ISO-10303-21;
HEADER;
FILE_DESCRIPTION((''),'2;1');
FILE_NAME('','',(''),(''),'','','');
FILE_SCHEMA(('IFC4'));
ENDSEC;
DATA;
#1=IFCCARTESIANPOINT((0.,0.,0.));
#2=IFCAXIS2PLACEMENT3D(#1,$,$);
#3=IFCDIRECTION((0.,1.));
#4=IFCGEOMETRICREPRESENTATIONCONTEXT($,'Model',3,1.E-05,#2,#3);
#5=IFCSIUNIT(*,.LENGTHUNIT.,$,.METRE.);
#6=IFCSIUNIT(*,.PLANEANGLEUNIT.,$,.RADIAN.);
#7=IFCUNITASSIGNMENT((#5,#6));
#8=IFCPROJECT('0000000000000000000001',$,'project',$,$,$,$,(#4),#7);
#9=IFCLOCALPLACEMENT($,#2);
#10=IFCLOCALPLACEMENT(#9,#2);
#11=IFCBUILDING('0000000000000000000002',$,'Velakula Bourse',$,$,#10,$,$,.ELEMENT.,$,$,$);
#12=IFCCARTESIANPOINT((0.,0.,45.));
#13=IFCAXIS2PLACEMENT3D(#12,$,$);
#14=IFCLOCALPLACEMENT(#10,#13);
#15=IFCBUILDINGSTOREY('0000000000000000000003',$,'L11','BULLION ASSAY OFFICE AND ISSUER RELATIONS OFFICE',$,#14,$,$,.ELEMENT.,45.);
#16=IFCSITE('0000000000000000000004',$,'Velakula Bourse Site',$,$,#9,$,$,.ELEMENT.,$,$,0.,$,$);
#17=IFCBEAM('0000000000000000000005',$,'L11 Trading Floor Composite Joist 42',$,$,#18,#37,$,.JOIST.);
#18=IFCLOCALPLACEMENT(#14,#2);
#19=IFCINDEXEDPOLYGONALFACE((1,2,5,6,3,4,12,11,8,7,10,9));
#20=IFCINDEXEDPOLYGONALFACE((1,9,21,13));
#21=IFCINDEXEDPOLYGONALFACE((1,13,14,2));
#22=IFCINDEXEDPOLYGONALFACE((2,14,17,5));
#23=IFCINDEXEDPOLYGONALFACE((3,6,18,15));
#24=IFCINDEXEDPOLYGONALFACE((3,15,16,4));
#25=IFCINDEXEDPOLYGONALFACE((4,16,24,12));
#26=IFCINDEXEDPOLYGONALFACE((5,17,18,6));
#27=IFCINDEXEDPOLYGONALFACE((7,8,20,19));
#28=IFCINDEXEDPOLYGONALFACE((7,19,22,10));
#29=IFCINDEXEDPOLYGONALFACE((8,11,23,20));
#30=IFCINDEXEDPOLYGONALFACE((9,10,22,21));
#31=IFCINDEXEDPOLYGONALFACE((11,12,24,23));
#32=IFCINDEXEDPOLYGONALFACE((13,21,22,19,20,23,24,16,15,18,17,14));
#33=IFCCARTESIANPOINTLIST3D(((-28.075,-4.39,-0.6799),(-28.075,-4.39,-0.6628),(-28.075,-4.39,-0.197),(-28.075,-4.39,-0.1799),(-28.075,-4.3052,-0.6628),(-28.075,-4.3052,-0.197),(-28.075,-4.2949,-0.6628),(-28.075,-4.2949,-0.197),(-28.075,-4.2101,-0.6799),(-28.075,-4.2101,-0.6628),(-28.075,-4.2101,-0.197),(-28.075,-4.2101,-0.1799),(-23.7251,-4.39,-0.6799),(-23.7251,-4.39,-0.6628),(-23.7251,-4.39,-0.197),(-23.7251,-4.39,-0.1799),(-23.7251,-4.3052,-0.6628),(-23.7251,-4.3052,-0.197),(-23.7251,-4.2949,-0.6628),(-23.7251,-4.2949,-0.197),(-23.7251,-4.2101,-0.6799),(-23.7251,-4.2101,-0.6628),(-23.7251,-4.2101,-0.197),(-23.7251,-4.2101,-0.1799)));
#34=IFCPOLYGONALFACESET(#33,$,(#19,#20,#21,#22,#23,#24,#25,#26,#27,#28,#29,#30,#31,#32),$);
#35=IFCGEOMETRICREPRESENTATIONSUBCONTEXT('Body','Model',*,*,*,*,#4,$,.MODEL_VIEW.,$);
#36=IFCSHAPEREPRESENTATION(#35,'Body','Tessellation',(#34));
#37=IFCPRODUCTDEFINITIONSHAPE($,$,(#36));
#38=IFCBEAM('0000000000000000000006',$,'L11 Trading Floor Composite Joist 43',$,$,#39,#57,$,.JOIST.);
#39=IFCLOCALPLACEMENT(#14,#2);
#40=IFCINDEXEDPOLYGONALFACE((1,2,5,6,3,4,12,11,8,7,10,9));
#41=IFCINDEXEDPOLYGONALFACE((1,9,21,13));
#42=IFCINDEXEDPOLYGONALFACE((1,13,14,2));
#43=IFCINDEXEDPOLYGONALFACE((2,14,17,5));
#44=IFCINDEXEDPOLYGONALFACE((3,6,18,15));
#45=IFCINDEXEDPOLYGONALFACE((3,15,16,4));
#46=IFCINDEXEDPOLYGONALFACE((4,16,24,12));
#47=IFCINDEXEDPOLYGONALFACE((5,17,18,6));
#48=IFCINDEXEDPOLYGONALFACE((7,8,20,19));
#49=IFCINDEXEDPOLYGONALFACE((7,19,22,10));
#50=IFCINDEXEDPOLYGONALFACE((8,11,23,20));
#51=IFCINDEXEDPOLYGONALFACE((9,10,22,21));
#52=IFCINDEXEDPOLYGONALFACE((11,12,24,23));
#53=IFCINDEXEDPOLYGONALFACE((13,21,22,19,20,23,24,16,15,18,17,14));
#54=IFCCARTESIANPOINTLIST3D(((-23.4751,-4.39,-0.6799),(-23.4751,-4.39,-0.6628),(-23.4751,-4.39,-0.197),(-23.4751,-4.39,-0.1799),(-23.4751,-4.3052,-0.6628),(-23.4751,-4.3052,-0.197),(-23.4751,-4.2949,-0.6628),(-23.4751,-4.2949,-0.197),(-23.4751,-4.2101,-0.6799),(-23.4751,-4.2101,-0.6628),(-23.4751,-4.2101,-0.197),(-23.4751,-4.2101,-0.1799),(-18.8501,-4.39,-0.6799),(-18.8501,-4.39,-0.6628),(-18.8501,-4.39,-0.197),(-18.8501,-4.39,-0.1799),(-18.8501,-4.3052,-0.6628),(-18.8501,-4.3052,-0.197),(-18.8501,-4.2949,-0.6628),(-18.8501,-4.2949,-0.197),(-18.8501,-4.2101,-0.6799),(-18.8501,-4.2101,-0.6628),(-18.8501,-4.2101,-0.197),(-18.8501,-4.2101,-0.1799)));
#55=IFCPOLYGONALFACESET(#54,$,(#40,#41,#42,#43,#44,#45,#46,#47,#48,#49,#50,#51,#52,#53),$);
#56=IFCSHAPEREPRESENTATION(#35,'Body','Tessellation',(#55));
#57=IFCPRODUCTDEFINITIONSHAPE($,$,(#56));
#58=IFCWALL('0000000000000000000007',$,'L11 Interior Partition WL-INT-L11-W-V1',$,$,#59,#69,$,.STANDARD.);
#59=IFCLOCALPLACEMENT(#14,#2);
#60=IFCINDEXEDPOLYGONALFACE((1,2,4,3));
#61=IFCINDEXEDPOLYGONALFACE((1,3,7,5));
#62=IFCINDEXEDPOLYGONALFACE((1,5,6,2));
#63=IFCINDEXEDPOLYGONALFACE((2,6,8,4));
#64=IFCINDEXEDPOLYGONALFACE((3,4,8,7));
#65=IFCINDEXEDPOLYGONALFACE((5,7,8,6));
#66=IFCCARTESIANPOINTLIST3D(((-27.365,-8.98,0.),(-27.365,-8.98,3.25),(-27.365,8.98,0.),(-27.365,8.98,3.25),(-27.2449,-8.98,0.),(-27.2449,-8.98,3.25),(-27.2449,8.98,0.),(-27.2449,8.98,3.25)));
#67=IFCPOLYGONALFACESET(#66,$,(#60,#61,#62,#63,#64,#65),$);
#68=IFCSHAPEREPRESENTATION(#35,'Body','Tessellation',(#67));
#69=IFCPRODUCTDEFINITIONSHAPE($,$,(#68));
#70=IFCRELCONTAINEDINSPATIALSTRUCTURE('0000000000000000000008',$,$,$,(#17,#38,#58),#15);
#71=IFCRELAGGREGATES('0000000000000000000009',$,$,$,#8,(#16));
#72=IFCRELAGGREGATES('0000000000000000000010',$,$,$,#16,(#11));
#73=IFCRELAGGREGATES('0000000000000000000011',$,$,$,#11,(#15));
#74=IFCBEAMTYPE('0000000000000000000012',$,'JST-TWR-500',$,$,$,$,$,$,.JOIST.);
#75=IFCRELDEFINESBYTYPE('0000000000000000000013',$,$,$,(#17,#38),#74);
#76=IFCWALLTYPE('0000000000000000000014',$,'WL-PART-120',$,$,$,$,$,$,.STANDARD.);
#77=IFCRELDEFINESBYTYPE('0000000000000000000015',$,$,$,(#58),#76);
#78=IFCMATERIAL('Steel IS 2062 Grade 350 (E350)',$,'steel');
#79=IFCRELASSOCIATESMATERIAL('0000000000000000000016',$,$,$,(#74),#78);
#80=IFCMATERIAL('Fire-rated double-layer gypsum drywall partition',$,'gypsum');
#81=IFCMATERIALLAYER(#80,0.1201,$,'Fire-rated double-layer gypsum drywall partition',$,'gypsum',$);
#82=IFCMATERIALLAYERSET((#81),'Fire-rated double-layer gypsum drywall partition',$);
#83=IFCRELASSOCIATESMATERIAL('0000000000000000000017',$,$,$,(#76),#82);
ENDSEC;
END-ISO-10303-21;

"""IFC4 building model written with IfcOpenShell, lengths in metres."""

from ifc_helpers import new_model, si_unit, direction, frame, frame_2d, origin, origin_2d, place, context, subcontext, project, spatial, rectangle, i_section, extrude, material, layer, layer_set, material_profile, profile_set, type_object, element, save


model = new_model("IFC4")

# Units and contexts
model_context = context("Model", 3, precision=1e-05, world=origin(), true_north=direction((0.0, 1.0)))
body_context = subcontext(model_context, "Body", "Model", "MODEL_VIEW")
ifc_project = project(units=[si_unit("LENGTHUNIT", "METRE"), si_unit("PLANEANGLEUNIT", "RADIAN")], contexts=[model_context])

# Site, building, storey
site_placement = place(None, origin())
site = spatial("IfcSite", under=ifc_project, at=site_placement, Name="Velakula Bourse Site", CompositionType="ELEMENT", RefElevation=0.0)
building_placement = place(site_placement, origin())
building = spatial("IfcBuilding", under=site, at=building_placement, Name="Velakula Bourse", CompositionType="ELEMENT")
storey_placement = place(building_placement, frame((0.0, 0.0, 45.0)))
storey = spatial("IfcBuildingStorey", under=building, at=storey_placement, Name="L11", Description="BULLION ASSAY OFFICE AND ISSUER RELATIONS OFFICE", CompositionType="ELEMENT", Elevation=45.0)

# Beams
ifc_material_1 = material(Name="Steel IS 2062 Grade 350 (E350)", Category="steel")
ifc_material_profile_1 = material_profile(ifc_material_1, i_section(OverallWidth=0.1799, OverallDepth=0.5, WebThickness=0.0103, FlangeThickness=0.0171, at=origin_2d()), Name="Steel IS 2062 Grade 350 (E350)")
ifc_profile_set_1 = profile_set([ifc_material_profile_1], Name="Steel IS 2062 Grade 350 (E350)")
beam_type_1 = type_object("IfcBeamType", Name="JST-TWR-500", PredefinedType="JOIST", material=ifc_profile_set_1)
beam_1_placement = place(storey_placement, frame((-28.075, -4.3, -0.4299), z_axis=(1.0, 0.0, 0.0), x_axis=(0.0, 1.0, 0.0)))
element("IfcBeam", 1, at=beam_1_placement, inside=storey, type_object=beam_type_1, Name="L11 Trading Floor Composite Joist 42", PredefinedType="JOIST", context=body_context, shape_type="SweptSolid", body=[
    extrude(i_section(OverallWidth=0.1799, OverallDepth=0.5, WebThickness=0.0103, FlangeThickness=0.0171, at=origin_2d()), origin(), (0.0, 0.0, 1.0), 4.3499),
])
beam_2_placement = place(storey_placement, frame((-23.4751, -4.3, -0.4299), z_axis=(1.0, 0.0, 0.0), x_axis=(0.0, 1.0, 0.0)))
element("IfcBeam", 2, at=beam_2_placement, inside=storey, type_object=beam_type_1, Name="L11 Trading Floor Composite Joist 43", PredefinedType="JOIST", context=body_context, shape_type="SweptSolid", body=[
    extrude(i_section(OverallWidth=0.1799, OverallDepth=0.5, WebThickness=0.0103, FlangeThickness=0.0171, at=origin_2d()), origin(), (0.0, 0.0, 1.0), 4.625),
])

# Wall
ifc_material_2 = material(Name="Fire-rated double-layer gypsum drywall partition", Category="gypsum")
ifc_layer = layer(ifc_material_2, 0.1201, Name="Fire-rated double-layer gypsum drywall partition", Category="gypsum")
ifc_layer_set = layer_set([ifc_layer], Name="Fire-rated double-layer gypsum drywall partition")
wall_type = type_object("IfcWallType", Name="WL-PART-120", PredefinedType="STANDARD", material=ifc_layer_set)
wall_placement = place(storey_placement, frame((-27.3049, -8.98, 0.0), z_axis=(0.0, 0.0, 1.0), x_axis=(0.0, 1.0, 0.0)))
element("IfcWall", 3, at=wall_placement, inside=storey, type_object=wall_type, Name="L11 Interior Partition WL-INT-L11-W-V1", PredefinedType="STANDARD", context=body_context, shape_type="SweptSolid", body=[
    extrude(rectangle(XDim=17.96, YDim=0.1201, at=frame_2d((8.98, 0.0))), origin(), (0.0, 0.0, 1.0), 3.25),
])

save(model, "model.ifc")
